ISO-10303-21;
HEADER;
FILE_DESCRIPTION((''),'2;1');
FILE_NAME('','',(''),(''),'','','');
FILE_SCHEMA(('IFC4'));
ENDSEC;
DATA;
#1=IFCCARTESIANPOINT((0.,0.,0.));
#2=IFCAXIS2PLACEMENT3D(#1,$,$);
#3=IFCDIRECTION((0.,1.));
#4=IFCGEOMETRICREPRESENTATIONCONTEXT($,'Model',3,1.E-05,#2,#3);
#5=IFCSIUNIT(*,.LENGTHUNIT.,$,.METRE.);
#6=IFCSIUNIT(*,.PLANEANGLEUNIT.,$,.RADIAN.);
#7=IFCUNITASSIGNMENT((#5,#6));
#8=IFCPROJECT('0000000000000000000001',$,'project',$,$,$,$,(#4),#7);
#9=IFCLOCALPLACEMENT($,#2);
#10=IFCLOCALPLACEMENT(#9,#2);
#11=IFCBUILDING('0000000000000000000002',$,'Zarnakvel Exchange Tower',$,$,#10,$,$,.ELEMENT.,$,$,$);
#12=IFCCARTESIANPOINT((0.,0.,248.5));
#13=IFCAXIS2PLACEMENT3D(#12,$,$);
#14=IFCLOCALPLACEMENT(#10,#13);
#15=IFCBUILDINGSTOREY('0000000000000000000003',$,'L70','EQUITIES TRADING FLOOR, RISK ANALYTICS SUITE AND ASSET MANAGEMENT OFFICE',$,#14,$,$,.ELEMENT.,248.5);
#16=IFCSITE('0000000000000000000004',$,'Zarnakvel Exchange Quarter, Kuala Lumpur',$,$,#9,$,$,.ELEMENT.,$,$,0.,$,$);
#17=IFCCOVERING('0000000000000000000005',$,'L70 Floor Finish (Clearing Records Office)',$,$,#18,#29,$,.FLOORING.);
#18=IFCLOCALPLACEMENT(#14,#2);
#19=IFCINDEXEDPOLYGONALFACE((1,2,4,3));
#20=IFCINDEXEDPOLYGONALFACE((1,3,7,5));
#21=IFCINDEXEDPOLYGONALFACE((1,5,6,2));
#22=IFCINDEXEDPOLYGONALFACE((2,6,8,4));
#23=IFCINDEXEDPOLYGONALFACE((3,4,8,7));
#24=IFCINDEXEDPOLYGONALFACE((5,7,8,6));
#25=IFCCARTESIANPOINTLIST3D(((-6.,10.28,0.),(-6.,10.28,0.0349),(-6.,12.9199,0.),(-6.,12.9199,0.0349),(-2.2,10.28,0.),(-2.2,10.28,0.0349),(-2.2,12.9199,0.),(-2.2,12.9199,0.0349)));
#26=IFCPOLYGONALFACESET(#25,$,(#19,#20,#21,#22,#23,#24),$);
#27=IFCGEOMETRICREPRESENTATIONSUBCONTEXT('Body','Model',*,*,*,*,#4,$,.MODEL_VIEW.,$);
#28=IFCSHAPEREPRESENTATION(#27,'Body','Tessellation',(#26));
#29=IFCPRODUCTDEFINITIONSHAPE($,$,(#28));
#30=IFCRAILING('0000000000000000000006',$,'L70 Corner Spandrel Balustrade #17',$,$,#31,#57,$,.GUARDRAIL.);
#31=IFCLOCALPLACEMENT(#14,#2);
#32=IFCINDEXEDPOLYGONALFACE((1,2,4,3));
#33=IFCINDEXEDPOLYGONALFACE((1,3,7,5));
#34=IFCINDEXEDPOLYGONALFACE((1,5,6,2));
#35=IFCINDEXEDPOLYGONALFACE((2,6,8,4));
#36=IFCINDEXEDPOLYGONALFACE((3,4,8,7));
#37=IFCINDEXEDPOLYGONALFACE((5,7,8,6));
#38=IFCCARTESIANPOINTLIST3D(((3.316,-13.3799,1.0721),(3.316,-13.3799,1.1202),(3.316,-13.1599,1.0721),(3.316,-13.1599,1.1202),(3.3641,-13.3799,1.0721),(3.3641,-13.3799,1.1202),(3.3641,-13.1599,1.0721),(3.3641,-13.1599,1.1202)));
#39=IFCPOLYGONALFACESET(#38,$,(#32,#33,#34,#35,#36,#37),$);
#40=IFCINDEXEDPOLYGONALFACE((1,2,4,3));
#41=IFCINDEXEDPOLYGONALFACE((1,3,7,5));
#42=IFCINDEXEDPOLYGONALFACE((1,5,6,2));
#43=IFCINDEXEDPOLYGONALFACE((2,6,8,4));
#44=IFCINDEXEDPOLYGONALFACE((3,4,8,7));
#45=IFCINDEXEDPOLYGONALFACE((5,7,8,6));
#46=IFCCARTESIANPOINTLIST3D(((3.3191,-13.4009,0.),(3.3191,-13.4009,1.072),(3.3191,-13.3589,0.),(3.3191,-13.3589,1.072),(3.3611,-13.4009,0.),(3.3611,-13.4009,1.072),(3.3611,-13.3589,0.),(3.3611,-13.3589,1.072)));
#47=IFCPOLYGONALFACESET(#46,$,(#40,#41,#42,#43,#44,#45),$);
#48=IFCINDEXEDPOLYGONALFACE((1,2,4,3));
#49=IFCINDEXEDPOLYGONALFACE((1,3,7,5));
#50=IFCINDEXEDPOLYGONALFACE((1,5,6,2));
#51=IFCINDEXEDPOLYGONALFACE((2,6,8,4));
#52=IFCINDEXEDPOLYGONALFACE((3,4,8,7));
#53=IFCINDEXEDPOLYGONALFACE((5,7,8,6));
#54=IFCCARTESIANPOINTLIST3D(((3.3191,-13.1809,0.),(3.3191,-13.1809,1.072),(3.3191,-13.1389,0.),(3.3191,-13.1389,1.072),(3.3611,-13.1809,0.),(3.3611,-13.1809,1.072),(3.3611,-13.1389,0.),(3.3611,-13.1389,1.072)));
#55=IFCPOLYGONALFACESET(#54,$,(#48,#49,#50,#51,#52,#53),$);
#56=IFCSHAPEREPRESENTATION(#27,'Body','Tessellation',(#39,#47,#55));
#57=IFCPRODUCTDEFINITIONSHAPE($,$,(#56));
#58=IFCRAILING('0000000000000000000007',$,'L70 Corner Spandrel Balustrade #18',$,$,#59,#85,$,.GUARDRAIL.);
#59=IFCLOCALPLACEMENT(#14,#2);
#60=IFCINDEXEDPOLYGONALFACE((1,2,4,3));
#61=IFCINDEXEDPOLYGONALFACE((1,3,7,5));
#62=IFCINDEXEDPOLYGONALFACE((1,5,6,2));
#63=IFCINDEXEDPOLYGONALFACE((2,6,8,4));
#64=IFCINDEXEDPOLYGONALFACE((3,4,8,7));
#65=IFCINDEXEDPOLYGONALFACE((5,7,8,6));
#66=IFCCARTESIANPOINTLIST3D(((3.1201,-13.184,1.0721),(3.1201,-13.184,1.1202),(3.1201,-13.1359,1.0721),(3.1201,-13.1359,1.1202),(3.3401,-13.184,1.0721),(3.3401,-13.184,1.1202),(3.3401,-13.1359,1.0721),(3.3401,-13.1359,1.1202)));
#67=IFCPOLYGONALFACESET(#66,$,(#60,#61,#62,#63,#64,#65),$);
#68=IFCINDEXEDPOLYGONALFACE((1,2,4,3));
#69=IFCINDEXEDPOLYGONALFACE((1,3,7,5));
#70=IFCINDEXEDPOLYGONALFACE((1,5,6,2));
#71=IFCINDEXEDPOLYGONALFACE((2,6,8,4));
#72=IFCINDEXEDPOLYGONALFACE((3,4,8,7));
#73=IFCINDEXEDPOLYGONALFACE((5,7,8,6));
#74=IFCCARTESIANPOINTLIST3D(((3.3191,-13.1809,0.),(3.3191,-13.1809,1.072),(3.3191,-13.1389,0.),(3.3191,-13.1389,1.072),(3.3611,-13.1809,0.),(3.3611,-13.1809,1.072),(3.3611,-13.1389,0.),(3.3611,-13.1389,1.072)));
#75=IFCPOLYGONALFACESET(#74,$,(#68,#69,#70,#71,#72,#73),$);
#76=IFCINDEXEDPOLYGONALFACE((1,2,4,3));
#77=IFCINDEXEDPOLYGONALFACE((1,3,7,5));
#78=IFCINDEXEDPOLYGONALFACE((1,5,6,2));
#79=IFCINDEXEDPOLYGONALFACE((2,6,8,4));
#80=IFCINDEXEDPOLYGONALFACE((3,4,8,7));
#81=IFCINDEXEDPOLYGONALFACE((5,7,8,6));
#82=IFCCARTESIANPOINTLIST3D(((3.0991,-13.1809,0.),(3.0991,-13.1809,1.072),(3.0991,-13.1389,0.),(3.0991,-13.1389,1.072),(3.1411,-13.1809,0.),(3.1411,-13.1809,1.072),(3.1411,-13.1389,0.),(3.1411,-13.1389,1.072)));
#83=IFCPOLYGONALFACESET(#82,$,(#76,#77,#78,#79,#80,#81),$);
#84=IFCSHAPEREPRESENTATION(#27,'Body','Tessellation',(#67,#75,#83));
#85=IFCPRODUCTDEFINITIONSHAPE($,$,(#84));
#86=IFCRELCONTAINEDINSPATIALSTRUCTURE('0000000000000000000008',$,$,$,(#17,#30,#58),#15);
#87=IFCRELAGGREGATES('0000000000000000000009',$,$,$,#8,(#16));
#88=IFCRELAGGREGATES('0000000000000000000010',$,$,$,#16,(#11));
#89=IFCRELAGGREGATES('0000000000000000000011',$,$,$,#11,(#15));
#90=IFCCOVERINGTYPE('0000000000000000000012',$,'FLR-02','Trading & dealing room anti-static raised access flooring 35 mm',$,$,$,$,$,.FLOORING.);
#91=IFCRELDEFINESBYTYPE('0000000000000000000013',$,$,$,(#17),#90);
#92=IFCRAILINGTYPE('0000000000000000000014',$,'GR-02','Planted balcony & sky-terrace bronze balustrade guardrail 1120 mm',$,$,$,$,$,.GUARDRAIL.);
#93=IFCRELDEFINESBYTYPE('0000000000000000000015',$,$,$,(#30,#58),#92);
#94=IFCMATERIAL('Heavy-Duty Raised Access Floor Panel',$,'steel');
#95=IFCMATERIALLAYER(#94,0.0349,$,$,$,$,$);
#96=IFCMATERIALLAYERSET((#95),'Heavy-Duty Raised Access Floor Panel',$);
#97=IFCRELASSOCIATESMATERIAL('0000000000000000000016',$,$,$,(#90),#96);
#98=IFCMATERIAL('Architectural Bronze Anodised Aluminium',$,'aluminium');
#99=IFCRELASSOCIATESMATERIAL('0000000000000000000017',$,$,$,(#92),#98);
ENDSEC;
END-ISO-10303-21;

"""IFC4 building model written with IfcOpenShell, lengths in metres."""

from ifc_helpers import new_model, si_unit, direction, frame, origin, origin_2d, place, context, subcontext, project, spatial, polyline, rectangle, outline, extrude, material, layer, layer_set, type_object, element, save


model = new_model("IFC4")

# Units and contexts
model_context = context("Model", 3, precision=1e-05, world=origin(), true_north=direction((0.0, 1.0)))
body_context = subcontext(model_context, "Body", "Model", "MODEL_VIEW")
ifc_project = project(units=[si_unit("LENGTHUNIT", "METRE"), si_unit("PLANEANGLEUNIT", "RADIAN")], contexts=[model_context])

# Site, building, storey
site_placement = place(None, origin())
site = spatial("IfcSite", under=ifc_project, at=site_placement, Name="Zarnakvel Exchange Quarter, Kuala Lumpur", CompositionType="ELEMENT", RefElevation=0.0)
building_placement = place(site_placement, origin())
building = spatial("IfcBuilding", under=site, at=building_placement, Name="Zarnakvel Exchange Tower", CompositionType="ELEMENT")
storey_placement = place(building_placement, frame((0.0, 0.0, 248.5)))
storey = spatial("IfcBuildingStorey", under=building, at=storey_placement, Name="L70", Description="EQUITIES TRADING FLOOR, RISK ANALYTICS SUITE AND ASSET MANAGEMENT OFFICE", CompositionType="ELEMENT", Elevation=248.5)

# Covering
ifc_material_1 = material(Name="Heavy-Duty Raised Access Floor Panel", Category="steel")
ifc_layer_1 = layer(ifc_material_1, 0.0349)
ifc_layer_set_1 = layer_set([ifc_layer_1], Name="Heavy-Duty Raised Access Floor Panel")
covering_type_1 = type_object("IfcCoveringType", Name="FLR-02", Description="Trading & dealing room anti-static raised access flooring 35 mm", PredefinedType="FLOORING", material=ifc_layer_set_1)
covering_1_placement = place(storey_placement, origin())
element("IfcCovering", 1, at=covering_1_placement, inside=storey, type_object=covering_type_1, Name="L70 Floor Finish (Clearing Records Office)", PredefinedType="FLOORING", context=body_context, shape_type="SweptSolid", body=[
    extrude(outline(polyline([(-6.0, 12.9199), (-2.2, 12.9199), (-2.2, 10.28), (-6.0, 10.28), (-6.0, 12.9199)])), origin(), (0.0, 0.0, 1.0), 0.0349),
])

# Railings
ifc_material_2 = material(Name="Architectural Bronze Anodised Aluminium", Category="aluminium")
railing_type = type_object("IfcRailingType", Name="GR-02", Description="Planted balcony & sky-terrace bronze balustrade guardrail 1120 mm", PredefinedType="GUARDRAIL", material=ifc_material_2)
railing_1_placement = place(storey_placement, frame((3.3401, -13.3799, 0.0)))
element("IfcRailing", 2, at=railing_1_placement, inside=storey, type_object=railing_type, Name="L70 Corner Spandrel Balustrade #17", PredefinedType="GUARDRAIL", context=body_context, shape_type="SweptSolid", body=[
    extrude(rectangle(XDim=0.0481, YDim=0.0481, at=origin_2d()), frame((0.0, 0.0, 1.0962), z_axis=(0.0, 1.0, 0.0), x_axis=(-1.0, 0.0, 0.0)), (0.0, 0.0, 1.0), 0.22),
    extrude(rectangle(XDim=0.042, YDim=0.042, at=origin_2d()), origin(), (0.0, 0.0, 1.0), 1.072),
    extrude(rectangle(XDim=0.042, YDim=0.042, at=origin_2d()), frame((0.0, 0.22, 0.0)), (0.0, 0.0, 1.0), 1.072),
])
railing_2_placement = place(storey_placement, frame((3.3401, -13.1599, 0.0)))
element("IfcRailing", 3, at=railing_2_placement, inside=storey, type_object=railing_type, Name="L70 Corner Spandrel Balustrade #18", PredefinedType="GUARDRAIL", context=body_context, shape_type="SweptSolid", body=[
    extrude(rectangle(XDim=0.0481, YDim=0.0481, at=origin_2d()), frame((0.0, 0.0, 1.0962), z_axis=(-1.0, 0.0, 0.0), x_axis=(0.0, -1.0, 0.0)), (0.0, 0.0, 1.0), 0.22),
    extrude(rectangle(XDim=0.042, YDim=0.042, at=origin_2d()), origin(), (0.0, 0.0, 1.0), 1.072),
    extrude(rectangle(XDim=0.042, YDim=0.042, at=origin_2d()), frame((-0.22, 0.0, 0.0)), (0.0, 0.0, 1.0), 1.072),
])

save(model, "model.ifc")
